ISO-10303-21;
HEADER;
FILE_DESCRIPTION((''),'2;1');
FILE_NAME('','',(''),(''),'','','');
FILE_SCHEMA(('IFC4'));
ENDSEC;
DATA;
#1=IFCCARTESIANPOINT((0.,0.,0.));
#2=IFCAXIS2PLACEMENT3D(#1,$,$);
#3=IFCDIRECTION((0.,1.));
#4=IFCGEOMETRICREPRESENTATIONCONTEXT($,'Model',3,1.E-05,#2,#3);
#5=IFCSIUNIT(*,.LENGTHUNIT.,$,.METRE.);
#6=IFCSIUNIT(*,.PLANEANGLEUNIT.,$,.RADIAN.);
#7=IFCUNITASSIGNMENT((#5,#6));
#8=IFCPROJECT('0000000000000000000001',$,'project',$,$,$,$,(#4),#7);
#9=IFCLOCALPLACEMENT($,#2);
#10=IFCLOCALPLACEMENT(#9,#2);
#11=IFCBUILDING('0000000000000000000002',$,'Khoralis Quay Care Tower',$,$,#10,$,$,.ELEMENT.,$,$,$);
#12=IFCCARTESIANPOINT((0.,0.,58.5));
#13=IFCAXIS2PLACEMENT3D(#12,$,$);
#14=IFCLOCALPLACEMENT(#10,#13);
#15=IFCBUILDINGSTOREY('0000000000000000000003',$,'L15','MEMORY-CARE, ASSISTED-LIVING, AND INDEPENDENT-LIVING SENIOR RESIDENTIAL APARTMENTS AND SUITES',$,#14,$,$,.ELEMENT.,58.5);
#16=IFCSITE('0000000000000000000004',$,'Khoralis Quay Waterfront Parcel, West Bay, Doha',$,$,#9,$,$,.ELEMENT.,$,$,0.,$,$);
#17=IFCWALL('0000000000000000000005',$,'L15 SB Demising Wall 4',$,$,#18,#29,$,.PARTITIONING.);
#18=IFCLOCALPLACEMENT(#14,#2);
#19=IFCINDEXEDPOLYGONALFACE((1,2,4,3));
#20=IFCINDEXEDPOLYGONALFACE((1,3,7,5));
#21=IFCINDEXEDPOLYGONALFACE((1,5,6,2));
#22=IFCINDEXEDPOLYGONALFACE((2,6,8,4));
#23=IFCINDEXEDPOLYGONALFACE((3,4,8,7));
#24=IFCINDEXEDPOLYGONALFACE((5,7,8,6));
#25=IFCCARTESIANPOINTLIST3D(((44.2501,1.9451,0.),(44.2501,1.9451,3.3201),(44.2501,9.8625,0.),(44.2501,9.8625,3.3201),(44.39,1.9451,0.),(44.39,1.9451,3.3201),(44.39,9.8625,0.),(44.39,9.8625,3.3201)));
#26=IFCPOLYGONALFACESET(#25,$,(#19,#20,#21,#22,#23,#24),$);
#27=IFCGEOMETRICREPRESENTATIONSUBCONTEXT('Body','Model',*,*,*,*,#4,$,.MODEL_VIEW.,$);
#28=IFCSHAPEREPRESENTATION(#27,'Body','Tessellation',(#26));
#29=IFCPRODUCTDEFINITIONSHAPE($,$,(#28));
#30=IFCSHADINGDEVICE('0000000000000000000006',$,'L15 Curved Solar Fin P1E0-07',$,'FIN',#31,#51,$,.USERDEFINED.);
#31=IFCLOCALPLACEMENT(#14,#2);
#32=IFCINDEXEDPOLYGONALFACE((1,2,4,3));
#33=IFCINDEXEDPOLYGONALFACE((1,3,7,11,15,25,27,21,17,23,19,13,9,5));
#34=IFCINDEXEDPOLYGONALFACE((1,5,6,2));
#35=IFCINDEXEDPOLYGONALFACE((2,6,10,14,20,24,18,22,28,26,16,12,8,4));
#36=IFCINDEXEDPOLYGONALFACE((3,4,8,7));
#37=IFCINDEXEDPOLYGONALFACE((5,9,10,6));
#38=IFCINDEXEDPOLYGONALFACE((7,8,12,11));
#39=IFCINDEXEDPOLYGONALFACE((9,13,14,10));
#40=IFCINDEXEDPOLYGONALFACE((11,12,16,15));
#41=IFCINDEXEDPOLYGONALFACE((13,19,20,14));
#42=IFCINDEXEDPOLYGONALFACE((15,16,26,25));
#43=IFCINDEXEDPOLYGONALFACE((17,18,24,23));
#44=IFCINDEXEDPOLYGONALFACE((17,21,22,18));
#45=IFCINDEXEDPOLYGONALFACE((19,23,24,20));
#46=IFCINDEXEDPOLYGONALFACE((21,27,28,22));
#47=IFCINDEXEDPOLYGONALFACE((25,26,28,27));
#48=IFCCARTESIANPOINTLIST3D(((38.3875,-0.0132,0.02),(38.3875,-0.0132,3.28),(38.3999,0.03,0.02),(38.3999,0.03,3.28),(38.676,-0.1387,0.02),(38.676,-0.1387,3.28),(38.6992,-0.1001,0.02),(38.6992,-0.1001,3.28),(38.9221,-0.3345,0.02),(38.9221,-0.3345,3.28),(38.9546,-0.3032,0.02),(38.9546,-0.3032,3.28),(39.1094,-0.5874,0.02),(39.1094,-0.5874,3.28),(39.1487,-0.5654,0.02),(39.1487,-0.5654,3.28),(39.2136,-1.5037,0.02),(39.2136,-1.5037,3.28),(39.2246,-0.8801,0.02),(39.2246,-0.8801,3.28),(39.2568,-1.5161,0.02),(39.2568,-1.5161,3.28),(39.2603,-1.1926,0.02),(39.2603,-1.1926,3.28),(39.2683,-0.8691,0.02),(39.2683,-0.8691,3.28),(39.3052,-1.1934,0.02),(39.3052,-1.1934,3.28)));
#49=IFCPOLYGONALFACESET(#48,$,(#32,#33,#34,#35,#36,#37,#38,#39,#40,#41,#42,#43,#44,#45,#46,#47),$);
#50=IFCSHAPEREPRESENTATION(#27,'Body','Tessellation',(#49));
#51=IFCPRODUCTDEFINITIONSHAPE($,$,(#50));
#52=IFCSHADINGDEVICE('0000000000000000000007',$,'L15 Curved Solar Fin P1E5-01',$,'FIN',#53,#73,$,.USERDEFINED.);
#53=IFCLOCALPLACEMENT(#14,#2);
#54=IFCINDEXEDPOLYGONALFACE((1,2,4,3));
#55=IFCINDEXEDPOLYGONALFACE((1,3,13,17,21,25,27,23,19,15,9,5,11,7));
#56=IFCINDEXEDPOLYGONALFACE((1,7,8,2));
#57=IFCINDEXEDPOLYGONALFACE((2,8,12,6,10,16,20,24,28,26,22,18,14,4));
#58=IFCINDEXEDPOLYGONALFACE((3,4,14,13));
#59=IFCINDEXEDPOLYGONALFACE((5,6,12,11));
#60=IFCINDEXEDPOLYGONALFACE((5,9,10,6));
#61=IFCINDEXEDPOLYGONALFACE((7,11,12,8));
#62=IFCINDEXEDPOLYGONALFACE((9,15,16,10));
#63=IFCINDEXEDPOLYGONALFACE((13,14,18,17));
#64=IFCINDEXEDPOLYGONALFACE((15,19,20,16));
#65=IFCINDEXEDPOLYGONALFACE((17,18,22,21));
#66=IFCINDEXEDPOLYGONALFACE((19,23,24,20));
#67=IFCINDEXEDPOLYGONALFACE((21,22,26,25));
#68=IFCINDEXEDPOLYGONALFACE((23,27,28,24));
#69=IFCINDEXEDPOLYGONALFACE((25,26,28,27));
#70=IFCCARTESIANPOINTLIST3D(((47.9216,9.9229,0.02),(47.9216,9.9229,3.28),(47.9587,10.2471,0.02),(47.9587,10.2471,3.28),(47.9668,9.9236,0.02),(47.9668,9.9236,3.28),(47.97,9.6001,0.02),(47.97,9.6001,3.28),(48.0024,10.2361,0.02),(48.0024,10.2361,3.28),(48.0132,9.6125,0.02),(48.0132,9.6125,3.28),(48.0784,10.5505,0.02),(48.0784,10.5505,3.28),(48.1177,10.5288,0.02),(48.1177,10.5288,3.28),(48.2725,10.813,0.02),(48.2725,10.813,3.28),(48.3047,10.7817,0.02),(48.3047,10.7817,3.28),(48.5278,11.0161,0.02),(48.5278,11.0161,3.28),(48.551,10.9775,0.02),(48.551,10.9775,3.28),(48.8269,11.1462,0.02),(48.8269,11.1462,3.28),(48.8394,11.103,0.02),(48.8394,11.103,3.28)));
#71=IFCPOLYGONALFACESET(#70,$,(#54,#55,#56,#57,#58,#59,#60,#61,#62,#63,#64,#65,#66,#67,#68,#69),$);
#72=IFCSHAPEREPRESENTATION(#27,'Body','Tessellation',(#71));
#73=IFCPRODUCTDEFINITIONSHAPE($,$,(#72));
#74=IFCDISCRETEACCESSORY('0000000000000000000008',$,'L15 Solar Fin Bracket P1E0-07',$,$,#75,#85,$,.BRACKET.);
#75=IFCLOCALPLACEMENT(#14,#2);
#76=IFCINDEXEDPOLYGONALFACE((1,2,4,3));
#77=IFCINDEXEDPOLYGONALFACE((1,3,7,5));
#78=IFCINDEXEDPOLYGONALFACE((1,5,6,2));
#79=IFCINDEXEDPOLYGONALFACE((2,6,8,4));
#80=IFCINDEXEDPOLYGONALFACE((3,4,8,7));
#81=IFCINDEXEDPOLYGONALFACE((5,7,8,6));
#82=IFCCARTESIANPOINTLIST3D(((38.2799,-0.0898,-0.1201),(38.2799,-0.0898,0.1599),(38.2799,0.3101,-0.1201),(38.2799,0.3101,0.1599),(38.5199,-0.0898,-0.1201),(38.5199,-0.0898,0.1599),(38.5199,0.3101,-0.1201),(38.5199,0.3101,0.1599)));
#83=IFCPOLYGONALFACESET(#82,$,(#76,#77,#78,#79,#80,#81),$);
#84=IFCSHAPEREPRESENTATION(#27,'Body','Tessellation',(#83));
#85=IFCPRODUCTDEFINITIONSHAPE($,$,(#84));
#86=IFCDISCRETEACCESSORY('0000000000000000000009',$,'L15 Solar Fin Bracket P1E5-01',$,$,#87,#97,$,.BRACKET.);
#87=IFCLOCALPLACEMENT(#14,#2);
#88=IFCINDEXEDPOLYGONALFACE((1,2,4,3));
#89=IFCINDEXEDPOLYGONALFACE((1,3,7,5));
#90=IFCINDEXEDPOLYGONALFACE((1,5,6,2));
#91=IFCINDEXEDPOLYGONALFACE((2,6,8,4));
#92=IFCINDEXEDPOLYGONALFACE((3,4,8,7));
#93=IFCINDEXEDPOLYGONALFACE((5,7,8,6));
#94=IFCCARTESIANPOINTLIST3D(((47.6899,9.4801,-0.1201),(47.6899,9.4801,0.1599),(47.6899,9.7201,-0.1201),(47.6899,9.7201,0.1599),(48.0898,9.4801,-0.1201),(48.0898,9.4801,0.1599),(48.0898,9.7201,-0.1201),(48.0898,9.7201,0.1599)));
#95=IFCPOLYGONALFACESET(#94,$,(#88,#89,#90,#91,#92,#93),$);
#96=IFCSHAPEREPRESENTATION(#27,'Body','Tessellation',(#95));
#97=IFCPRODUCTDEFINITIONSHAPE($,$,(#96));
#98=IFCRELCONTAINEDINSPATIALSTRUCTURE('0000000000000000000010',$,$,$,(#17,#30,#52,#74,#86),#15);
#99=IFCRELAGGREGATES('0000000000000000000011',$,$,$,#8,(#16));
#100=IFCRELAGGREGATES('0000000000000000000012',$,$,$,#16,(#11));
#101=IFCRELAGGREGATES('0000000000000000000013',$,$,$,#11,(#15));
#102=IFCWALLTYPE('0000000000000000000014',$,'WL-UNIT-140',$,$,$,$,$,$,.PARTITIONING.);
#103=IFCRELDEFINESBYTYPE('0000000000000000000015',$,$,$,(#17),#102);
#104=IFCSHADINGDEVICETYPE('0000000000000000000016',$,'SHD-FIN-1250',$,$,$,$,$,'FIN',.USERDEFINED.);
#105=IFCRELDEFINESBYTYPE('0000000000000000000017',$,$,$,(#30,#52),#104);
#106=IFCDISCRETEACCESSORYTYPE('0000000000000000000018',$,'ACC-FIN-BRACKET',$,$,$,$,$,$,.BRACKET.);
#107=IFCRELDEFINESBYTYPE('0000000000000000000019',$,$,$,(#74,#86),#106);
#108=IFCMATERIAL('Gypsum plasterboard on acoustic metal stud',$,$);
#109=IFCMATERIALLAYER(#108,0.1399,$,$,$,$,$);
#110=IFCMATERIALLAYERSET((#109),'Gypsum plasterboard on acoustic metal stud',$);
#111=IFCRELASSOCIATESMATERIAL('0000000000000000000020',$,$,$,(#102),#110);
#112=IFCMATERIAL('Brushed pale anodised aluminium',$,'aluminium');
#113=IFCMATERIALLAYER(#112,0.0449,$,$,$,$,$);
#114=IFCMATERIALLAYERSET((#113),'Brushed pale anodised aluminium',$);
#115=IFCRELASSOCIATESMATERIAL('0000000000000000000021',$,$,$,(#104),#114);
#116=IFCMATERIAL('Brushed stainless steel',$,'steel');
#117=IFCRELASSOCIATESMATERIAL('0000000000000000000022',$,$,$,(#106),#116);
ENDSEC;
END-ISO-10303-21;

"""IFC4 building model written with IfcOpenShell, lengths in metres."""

from ifc_helpers import new_model, si_unit, direction, frame, frame_2d, origin, origin_2d, place, context, subcontext, project, spatial, polyline, rectangle, outline, extrude, source, transform, mapped, material, layer, layer_set, type_object, element, save


model = new_model("IFC4")

# Units and contexts
model_context = context("Model", 3, precision=1e-05, world=origin(), true_north=direction((0.0, 1.0)))
body_context = subcontext(model_context, "Body", "Model", "MODEL_VIEW")
ifc_project = project(units=[si_unit("LENGTHUNIT", "METRE"), si_unit("PLANEANGLEUNIT", "RADIAN")], contexts=[model_context])

# Site, building, storey
site_placement = place(None, origin())
site = spatial("IfcSite", under=ifc_project, at=site_placement, Name="Khoralis Quay Waterfront Parcel, West Bay, Doha", CompositionType="ELEMENT", RefElevation=0.0)
building_placement = place(site_placement, origin())
building = spatial("IfcBuilding", under=site, at=building_placement, Name="Khoralis Quay Care Tower", CompositionType="ELEMENT")
storey_placement = place(building_placement, frame((0.0, 0.0, 58.5)))
storey = spatial("IfcBuildingStorey", under=building, at=storey_placement, Name="L15", Description="MEMORY-CARE, ASSISTED-LIVING, AND INDEPENDENT-LIVING SENIOR RESIDENTIAL APARTMENTS AND SUITES", CompositionType="ELEMENT", Elevation=58.5)

# Shared definitions
ifc_material_1 = material(Name="Gypsum plasterboard on acoustic metal stud")

# Wall
ifc_layer_1 = layer(ifc_material_1, 0.1399)
ifc_layer_set_1 = layer_set([ifc_layer_1], Name="Gypsum plasterboard on acoustic metal stud")
wall_type_1 = type_object("IfcWallType", Name="WL-UNIT-140", PredefinedType="PARTITIONING", material=ifc_layer_set_1)
wall_1_placement = place(storey_placement, frame((44.3201, 1.9451, 0.0), z_axis=(0.0, 0.0, 1.0), x_axis=(0.0, 1.0, 0.0)))
element("IfcWall", 1, at=wall_1_placement, inside=storey, type_object=wall_type_1, Name="L15 SB Demising Wall 4", PredefinedType="PARTITIONING", context=body_context, shape_type="SweptSolid", body=[
    extrude(rectangle(XDim=7.9175, YDim=0.1399, at=frame_2d((3.9587, 0.0))), origin(), (0.0, 0.0, 1.0), 3.3201),
])

# Shading devices
ifc_material_2 = material(Name="Brushed pale anodised aluminium", Category="aluminium")
ifc_layer_2 = layer(ifc_material_2, 0.0449)
ifc_layer_set_2 = layer_set([ifc_layer_2], Name="Brushed pale anodised aluminium")
shading_device_type = type_object("IfcShadingDeviceType", Name="SHD-FIN-1250", ElementType="FIN", PredefinedType="USERDEFINED", material=ifc_layer_set_2)
shared_shape_1 = source(origin(), body_context, "Body", "SweptSolid", [
    extrude(outline(polyline([(0.0, 0.0), (0.1301, 0.2993), (0.3333, 0.5547), (0.5955, 0.7488), (0.8992, 0.8684), (1.2234, 0.9053), (1.5461, 0.8569), (1.5337, 0.8137), (1.2227, 0.8604), (0.9102, 0.8247), (0.6174, 0.7095), (0.3645, 0.5222), (0.1687, 0.2761), (0.0432, -0.0125), (0.0, 0.0)])), origin(), (0.0, 0.0, 1.0), 3.26),
])
shading_device_1_placement = place(storey_placement, frame((38.3999, 0.03, 0.02), z_axis=(0.0, 0.0, 1.0), x_axis=(0.0, -1.0, 0.0)))
element("IfcShadingDevice", 2, at=shading_device_1_placement, inside=storey, type_object=shading_device_type, Name="L15 Curved Solar Fin P1E0-07", ObjectType="FIN", PredefinedType="USERDEFINED", context=body_context, shape_type="MappedRepresentation", body=[
    mapped(shared_shape_1, transform((0.0, 0.0, 0.0), scale=1.0)),
])
shared_shape_2 = source(origin(), body_context, "Body", "SweptSolid", [
    extrude(outline(polyline([(0.0, 0.0), (-0.0483, 0.3228), (-0.0112, 0.647), (0.1084, 0.9504), (0.3025, 1.2129), (0.5579, 1.416), (0.8569, 1.5461), (0.8694, 1.5029), (0.5811, 1.3774), (0.3347, 1.1816), (0.1477, 0.9287), (0.0325, 0.636), (-0.0032, 0.3235), (0.0432, 0.0125), (0.0, 0.0)])), origin(), (0.0, 0.0, 1.0), 3.26),
])
shading_device_2_placement = place(storey_placement, frame((47.97, 9.6001, 0.02), z_axis=(0.0, 0.0, 1.0), x_axis=(1.0, 0.0, 0.0)))
element("IfcShadingDevice", 3, at=shading_device_2_placement, inside=storey, type_object=shading_device_type, Name="L15 Curved Solar Fin P1E5-01", ObjectType="FIN", PredefinedType="USERDEFINED", context=body_context, shape_type="MappedRepresentation", body=[
    mapped(shared_shape_2, transform((0.0, 0.0, 0.0), scale=1.0)),
])

# Discrete accessories
ifc_material_3 = material(Name="Brushed stainless steel", Category="steel")
discrete_accessory_type = type_object("IfcDiscreteAccessoryType", Name="ACC-FIN-BRACKET", PredefinedType="BRACKET", material=ifc_material_3)
shared_shape_3 = source(origin(), body_context, "Body", "SweptSolid", [
    extrude(rectangle(XDim=0.3999, YDim=0.24, at=origin_2d()), origin(), (0.0, 0.0, 1.0), 0.28),
])
for number, where, z_axis, x_axis, name in (
    (4, (38.3999, 0.1101, -0.1201), (0.0, 0.0, 1.0), (0.0, -1.0, 0.0), "L15 Solar Fin Bracket P1E0-07"),
    (5, (47.8899, 9.6001, -0.1201), (0.0, 0.0, 1.0), (1.0, 0.0, 0.0), "L15 Solar Fin Bracket P1E5-01"),
):
    element("IfcDiscreteAccessory", number, at=place(storey_placement, frame(where, z_axis=z_axis, x_axis=x_axis)), inside=storey, type_object=discrete_accessory_type, Name=name, PredefinedType="BRACKET", context=body_context, shape_type="MappedRepresentation", body=[
        mapped(shared_shape_3, transform((0.0, 0.0, 0.0), scale=1.0)),
    ])

save(model, "model.ifc")
